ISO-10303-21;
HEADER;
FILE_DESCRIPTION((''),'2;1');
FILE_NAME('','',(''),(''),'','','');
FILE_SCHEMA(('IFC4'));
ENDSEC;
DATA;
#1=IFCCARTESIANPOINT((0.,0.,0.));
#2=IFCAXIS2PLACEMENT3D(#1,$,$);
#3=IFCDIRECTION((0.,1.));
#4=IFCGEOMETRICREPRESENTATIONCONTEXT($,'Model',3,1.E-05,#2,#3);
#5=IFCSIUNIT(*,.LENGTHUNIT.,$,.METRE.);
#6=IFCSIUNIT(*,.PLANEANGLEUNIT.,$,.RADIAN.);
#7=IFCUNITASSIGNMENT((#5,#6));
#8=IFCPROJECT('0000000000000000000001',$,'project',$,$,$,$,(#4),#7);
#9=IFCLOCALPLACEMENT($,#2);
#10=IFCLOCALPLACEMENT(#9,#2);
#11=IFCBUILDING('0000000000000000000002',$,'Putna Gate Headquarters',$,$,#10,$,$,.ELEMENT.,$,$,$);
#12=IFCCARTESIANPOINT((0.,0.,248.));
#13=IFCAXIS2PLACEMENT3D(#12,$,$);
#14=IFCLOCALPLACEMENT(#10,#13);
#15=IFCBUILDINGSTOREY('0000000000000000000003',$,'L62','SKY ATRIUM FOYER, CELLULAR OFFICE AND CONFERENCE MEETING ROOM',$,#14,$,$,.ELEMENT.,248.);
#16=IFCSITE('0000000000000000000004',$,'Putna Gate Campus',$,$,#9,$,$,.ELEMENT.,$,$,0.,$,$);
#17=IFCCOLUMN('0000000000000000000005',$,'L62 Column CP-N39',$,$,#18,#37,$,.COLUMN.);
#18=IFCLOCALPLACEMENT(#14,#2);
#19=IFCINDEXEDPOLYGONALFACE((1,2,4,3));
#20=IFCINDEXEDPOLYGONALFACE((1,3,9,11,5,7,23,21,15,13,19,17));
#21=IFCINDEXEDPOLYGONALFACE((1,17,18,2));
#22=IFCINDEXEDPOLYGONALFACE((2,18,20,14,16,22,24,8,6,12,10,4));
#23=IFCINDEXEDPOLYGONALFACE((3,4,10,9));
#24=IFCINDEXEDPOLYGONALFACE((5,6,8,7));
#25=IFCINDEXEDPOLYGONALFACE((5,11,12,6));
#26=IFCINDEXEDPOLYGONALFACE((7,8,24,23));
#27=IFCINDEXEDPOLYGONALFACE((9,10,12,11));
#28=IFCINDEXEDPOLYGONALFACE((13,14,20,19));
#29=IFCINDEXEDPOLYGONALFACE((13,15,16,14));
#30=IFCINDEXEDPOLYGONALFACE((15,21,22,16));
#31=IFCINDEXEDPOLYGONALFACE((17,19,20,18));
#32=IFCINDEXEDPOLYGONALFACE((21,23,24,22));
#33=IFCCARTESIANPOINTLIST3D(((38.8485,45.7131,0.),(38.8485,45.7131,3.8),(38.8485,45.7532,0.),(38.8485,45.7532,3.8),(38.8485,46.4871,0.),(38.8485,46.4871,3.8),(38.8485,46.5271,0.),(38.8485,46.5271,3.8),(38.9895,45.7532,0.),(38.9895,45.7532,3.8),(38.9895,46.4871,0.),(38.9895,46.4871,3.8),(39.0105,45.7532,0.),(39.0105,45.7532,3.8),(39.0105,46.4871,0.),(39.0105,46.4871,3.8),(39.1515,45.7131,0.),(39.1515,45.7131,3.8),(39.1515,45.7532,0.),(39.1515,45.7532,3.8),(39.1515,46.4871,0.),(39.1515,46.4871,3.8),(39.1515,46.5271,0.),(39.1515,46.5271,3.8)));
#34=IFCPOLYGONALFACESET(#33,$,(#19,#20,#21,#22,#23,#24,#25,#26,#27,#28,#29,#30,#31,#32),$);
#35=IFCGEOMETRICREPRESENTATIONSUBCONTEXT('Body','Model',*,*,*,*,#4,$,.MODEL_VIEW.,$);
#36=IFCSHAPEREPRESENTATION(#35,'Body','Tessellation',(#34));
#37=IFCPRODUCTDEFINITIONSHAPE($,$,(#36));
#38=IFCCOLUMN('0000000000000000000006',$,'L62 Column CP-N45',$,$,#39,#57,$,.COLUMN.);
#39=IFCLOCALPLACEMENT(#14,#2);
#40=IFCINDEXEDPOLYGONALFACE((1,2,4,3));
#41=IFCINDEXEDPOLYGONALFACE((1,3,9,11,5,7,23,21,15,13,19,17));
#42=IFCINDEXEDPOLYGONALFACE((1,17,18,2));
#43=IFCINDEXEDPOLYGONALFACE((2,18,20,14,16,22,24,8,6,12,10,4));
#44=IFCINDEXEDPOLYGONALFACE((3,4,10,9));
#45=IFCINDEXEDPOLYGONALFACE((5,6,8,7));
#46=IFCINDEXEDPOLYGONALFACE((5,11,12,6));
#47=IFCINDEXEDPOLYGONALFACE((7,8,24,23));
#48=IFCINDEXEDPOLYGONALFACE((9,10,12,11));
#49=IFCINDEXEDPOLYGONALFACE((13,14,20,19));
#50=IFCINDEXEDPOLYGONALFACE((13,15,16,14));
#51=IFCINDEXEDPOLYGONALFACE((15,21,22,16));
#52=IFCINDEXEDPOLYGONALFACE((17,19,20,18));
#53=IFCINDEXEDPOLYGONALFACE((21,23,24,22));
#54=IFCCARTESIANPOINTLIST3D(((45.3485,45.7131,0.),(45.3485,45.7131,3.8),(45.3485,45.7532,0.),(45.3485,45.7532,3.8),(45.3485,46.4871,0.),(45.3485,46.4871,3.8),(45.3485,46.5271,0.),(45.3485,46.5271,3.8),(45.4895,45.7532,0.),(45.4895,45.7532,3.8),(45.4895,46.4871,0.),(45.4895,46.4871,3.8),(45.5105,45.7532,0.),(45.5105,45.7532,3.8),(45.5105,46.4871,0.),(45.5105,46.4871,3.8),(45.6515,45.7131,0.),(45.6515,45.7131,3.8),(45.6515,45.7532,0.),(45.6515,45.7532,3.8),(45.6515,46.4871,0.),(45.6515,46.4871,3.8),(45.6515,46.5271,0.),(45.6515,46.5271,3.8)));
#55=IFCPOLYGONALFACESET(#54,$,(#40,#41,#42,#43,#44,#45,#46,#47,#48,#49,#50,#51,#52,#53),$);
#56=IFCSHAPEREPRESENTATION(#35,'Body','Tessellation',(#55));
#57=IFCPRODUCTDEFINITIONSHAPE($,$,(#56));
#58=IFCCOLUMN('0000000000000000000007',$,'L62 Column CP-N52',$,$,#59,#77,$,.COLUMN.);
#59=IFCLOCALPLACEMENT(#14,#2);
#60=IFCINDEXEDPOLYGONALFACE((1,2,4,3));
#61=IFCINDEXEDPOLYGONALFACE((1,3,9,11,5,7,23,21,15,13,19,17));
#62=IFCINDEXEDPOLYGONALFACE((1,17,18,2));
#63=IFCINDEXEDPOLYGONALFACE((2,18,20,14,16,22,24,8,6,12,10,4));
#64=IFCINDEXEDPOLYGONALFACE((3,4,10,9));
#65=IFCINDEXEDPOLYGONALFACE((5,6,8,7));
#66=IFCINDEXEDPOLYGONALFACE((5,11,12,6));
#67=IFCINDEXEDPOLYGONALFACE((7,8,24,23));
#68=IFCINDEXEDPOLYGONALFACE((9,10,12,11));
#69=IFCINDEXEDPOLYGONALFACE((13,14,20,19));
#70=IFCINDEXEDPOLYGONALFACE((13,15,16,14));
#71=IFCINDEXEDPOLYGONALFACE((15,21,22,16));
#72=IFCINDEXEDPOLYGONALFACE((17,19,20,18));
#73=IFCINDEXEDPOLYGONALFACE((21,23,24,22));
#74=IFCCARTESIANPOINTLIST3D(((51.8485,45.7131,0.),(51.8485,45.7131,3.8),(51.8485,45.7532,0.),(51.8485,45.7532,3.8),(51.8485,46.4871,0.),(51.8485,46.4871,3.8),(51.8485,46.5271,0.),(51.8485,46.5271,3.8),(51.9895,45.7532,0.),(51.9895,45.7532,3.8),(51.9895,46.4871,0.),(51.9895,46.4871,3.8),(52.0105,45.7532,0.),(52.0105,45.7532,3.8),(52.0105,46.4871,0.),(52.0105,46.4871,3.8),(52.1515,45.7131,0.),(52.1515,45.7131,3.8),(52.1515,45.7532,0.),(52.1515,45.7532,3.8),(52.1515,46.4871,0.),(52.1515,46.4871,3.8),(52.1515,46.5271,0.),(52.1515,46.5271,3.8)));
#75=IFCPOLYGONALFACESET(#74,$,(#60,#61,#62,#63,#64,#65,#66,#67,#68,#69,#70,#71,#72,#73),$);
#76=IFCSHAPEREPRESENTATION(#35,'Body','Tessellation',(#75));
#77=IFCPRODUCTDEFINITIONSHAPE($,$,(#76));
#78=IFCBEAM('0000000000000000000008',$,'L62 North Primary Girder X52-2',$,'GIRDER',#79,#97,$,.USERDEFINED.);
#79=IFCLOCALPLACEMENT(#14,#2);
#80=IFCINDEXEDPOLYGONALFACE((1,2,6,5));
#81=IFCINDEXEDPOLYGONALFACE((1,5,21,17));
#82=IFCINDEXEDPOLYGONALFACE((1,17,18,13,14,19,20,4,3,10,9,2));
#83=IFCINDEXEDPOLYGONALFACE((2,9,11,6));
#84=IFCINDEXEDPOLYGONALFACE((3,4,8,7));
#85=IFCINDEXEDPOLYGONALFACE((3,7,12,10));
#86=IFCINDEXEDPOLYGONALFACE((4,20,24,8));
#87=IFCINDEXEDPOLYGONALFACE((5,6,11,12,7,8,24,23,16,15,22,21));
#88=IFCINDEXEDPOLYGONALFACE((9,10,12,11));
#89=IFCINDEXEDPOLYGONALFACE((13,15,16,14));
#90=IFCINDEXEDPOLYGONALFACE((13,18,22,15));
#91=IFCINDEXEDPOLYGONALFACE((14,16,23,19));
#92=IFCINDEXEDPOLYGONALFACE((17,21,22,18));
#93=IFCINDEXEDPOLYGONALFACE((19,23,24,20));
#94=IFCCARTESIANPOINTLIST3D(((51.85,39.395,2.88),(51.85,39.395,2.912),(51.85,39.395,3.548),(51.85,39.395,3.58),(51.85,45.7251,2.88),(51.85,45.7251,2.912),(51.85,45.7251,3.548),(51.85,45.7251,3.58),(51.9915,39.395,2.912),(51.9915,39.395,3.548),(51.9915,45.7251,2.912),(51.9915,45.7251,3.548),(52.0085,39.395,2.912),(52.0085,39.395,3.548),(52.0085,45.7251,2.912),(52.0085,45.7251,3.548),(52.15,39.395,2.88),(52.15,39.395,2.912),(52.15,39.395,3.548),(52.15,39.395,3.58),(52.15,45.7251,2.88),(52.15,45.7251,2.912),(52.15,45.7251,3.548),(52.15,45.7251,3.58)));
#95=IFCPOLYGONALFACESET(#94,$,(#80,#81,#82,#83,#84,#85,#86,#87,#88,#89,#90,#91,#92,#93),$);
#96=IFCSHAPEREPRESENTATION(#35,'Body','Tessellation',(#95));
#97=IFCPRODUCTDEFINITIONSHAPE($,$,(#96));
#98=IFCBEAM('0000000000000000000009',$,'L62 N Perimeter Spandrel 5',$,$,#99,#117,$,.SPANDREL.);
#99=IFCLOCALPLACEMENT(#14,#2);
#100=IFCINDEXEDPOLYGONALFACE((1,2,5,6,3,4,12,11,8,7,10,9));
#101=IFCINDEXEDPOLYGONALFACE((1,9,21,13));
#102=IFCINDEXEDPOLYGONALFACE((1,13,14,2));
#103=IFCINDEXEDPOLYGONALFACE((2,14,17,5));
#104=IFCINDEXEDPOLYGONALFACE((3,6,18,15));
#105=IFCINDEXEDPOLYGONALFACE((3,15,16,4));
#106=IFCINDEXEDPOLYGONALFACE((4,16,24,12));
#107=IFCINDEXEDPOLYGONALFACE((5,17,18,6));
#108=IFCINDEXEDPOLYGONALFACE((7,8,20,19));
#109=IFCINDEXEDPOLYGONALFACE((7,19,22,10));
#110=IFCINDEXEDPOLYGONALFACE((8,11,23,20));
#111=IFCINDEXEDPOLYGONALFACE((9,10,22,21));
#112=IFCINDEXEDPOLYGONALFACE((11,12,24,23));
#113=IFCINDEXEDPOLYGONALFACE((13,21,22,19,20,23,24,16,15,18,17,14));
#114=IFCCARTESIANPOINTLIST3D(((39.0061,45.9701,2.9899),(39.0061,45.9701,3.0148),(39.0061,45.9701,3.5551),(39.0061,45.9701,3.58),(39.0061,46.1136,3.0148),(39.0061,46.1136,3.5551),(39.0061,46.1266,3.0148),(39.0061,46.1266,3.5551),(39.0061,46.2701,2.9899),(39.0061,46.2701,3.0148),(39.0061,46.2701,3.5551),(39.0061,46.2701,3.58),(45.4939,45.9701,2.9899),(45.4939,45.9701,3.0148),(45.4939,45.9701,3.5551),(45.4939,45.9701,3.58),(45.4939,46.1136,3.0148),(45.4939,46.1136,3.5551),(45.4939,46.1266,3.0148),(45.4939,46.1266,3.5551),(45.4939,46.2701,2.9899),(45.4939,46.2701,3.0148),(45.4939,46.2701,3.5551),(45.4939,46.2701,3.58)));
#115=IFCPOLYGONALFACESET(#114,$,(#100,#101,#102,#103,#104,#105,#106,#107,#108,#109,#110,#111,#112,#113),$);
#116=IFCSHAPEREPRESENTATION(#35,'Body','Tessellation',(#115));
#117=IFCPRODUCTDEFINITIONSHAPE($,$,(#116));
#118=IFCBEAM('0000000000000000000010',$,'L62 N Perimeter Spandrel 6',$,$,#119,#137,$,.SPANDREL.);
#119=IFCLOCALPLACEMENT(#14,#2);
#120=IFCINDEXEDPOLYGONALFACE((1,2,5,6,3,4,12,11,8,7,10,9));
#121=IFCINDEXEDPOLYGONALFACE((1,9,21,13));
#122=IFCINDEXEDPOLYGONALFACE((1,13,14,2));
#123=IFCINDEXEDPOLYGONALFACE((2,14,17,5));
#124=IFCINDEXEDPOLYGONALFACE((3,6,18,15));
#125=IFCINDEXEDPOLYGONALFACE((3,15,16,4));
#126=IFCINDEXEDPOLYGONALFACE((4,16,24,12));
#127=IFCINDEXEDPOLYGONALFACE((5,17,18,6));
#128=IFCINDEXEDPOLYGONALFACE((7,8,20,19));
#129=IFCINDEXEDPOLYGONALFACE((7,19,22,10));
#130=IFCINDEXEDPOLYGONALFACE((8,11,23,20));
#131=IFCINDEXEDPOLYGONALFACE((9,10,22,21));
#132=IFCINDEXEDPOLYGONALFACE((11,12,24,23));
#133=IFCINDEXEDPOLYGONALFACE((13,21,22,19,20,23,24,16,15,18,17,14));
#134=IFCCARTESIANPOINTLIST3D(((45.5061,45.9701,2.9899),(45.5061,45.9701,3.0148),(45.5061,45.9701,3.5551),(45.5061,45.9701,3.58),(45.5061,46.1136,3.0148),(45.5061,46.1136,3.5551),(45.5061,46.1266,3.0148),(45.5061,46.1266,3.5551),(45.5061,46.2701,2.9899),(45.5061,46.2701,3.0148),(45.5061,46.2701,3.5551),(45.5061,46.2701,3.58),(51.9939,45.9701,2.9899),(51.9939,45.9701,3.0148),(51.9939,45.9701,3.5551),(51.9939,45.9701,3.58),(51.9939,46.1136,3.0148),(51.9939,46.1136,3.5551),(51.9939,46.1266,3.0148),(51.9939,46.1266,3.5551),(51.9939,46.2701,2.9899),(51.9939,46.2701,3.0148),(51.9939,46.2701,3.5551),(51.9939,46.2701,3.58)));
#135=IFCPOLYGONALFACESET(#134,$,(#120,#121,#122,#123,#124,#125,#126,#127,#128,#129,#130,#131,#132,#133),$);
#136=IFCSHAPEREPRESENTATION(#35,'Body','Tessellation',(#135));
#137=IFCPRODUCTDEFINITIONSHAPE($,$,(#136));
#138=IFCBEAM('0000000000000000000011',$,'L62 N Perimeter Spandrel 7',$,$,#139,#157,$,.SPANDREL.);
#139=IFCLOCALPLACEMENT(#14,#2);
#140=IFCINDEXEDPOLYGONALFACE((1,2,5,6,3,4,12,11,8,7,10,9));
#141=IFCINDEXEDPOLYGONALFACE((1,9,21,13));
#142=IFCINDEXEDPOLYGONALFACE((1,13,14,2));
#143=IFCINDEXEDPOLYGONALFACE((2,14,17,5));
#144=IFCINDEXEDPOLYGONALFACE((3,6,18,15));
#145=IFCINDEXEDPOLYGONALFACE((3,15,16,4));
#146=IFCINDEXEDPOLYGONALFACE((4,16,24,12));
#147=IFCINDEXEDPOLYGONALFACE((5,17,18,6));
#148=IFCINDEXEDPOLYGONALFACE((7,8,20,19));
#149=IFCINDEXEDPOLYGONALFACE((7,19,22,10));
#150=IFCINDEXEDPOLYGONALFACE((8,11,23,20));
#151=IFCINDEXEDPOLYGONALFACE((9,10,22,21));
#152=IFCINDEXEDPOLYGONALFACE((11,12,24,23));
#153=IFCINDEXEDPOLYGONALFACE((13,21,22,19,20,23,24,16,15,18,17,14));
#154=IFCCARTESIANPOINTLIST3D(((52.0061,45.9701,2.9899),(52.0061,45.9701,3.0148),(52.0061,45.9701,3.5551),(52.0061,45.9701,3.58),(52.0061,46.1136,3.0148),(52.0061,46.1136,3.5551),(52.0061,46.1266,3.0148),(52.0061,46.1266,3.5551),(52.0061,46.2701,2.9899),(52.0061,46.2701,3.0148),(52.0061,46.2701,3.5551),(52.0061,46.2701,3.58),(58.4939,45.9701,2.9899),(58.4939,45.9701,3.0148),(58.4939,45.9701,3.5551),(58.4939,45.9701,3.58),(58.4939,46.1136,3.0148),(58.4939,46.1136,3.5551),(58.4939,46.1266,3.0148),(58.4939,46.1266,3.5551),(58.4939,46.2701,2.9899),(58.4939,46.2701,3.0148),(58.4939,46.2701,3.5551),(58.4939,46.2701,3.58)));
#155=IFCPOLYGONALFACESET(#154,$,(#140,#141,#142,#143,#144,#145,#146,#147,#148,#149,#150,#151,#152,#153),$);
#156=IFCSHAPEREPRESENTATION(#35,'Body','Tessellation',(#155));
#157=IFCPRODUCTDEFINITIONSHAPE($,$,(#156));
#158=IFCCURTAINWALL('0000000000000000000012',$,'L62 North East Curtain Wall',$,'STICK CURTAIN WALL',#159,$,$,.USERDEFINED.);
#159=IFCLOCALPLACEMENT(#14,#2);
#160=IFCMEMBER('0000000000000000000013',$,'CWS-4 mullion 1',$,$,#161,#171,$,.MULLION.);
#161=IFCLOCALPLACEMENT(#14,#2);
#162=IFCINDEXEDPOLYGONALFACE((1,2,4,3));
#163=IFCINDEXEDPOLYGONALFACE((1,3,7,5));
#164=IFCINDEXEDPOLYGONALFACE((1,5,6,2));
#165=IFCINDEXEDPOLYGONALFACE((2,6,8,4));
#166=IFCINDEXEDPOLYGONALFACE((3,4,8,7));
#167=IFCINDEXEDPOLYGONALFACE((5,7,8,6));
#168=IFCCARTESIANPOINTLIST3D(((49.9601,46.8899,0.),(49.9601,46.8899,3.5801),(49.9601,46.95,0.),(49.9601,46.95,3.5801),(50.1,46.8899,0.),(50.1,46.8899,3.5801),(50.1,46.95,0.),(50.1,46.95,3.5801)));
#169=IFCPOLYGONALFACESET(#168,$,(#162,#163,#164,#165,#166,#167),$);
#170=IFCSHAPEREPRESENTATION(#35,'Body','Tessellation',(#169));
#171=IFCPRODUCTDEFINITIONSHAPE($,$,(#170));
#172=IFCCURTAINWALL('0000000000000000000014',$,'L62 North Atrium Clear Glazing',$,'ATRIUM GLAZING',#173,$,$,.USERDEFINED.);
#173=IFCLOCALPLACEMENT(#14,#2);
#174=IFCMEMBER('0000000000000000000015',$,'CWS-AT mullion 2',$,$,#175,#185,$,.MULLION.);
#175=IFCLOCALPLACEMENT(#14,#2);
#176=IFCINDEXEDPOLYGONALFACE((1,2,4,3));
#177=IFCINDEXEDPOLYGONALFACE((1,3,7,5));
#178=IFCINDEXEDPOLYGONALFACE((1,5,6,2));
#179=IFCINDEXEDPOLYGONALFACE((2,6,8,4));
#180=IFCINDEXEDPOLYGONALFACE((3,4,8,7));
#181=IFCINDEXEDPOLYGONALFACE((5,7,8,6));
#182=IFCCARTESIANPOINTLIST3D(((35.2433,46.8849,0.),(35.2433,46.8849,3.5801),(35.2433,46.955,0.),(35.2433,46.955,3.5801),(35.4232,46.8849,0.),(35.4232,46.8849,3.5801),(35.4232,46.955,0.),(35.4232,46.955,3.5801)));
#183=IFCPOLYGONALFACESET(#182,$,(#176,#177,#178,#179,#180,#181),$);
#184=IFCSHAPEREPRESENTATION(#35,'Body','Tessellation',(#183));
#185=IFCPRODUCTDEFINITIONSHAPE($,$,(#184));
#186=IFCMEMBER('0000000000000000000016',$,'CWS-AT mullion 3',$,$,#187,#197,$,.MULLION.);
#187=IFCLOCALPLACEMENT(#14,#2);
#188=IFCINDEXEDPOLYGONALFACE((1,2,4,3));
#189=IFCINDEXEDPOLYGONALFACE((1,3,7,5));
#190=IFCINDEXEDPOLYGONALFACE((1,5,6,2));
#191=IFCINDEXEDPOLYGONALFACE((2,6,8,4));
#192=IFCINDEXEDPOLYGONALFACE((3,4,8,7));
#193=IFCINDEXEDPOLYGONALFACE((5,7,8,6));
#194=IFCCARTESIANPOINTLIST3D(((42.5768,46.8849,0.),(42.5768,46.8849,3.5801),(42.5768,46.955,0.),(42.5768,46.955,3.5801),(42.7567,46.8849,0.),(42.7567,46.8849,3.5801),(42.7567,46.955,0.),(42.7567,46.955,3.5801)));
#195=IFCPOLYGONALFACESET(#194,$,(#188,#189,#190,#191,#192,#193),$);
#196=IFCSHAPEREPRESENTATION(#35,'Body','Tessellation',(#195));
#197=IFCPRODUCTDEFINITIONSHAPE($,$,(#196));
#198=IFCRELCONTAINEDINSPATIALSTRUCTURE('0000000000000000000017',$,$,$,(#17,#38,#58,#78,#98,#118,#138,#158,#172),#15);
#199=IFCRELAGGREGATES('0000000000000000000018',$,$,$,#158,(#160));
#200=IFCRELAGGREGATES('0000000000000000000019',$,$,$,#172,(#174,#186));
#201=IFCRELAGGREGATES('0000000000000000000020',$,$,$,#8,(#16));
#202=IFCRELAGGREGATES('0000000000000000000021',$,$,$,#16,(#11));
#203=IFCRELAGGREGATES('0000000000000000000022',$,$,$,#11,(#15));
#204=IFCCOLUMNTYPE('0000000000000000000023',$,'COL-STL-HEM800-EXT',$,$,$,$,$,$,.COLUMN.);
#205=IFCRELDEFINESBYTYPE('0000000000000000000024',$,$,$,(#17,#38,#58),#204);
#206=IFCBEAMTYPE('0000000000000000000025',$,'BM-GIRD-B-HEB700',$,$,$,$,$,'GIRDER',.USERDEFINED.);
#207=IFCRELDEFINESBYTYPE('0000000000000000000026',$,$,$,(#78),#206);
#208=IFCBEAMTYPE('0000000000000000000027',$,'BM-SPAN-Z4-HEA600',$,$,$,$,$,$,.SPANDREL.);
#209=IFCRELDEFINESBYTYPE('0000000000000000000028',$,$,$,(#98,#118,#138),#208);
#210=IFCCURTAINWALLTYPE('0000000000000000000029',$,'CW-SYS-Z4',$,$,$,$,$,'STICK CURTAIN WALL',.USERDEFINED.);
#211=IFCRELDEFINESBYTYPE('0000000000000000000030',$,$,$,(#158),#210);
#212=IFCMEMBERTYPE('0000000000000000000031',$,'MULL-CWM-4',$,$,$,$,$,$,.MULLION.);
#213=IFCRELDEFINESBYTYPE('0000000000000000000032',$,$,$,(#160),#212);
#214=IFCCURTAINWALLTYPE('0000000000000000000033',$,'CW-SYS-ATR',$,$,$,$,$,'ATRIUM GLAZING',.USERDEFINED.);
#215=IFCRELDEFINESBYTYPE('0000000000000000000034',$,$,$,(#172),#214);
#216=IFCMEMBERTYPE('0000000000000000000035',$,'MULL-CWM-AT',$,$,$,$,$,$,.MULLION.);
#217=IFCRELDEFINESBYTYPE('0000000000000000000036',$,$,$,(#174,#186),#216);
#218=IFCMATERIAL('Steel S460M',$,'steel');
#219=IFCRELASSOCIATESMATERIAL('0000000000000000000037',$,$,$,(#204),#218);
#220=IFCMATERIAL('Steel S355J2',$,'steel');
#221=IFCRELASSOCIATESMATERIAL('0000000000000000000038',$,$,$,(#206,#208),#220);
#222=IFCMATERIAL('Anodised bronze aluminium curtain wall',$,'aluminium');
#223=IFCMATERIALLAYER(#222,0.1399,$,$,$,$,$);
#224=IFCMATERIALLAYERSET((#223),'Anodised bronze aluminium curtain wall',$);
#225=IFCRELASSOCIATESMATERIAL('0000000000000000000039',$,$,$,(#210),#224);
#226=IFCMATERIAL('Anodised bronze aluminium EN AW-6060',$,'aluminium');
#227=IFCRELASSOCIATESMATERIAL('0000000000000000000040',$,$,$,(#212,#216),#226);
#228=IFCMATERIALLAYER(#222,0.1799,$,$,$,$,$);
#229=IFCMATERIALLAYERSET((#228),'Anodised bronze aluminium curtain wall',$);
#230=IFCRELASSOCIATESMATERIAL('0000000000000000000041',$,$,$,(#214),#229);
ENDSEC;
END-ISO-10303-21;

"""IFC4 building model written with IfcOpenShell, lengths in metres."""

from ifc_helpers import new_model, si_unit, direction, frame, origin, origin_2d, place, context, subcontext, project, spatial, rectangle, i_section, extrude, material, layer, layer_set, material_profile, profile_set, type_object, element, aggregate, save


model = new_model("IFC4")

# Units and contexts
model_context = context("Model", 3, precision=1e-05, world=origin(), true_north=direction((0.0, 1.0)))
body_context = subcontext(model_context, "Body", "Model", "MODEL_VIEW")
ifc_project = project(units=[si_unit("LENGTHUNIT", "METRE"), si_unit("PLANEANGLEUNIT", "RADIAN")], contexts=[model_context])

# Site, building, storey
site_placement = place(None, origin())
site = spatial("IfcSite", under=ifc_project, at=site_placement, Name="Putna Gate Campus", CompositionType="ELEMENT", RefElevation=0.0)
building_placement = place(site_placement, origin())
building = spatial("IfcBuilding", under=site, at=building_placement, Name="Putna Gate Headquarters", CompositionType="ELEMENT")
storey_placement = place(building_placement, frame((0.0, 0.0, 248.0)))
storey = spatial("IfcBuildingStorey", under=building, at=storey_placement, Name="L62", Description="SKY ATRIUM FOYER, CELLULAR OFFICE AND CONFERENCE MEETING ROOM", CompositionType="ELEMENT", Elevation=248.0)

# Columns
ifc_material_1 = material(Name="Steel S460M", Category="steel")
ifc_material_profile_1 = material_profile(ifc_material_1, i_section(OverallWidth=0.303, OverallDepth=0.814, WebThickness=0.021, FlangeThickness=0.04, at=origin_2d()), Name="Steel S460M")
ifc_profile_set_1 = profile_set([ifc_material_profile_1], Name="Steel S460M")
column_type = type_object("IfcColumnType", Name="COL-STL-HEM800-EXT", PredefinedType="COLUMN", material=ifc_profile_set_1)
for number, where, z_axis, x_axis, name in (
    (1, (39.0, 46.1201, 0.0), (0.0, 0.0, 1.0), (1.0, 0.0, 0.0), "L62 Column CP-N39"),
    (2, (45.5, 46.1201, 0.0), (0.0, 0.0, 1.0), (1.0, 0.0, 0.0), "L62 Column CP-N45"),
    (3, (52.0, 46.1201, 0.0), (0.0, 0.0, 1.0), (1.0, 0.0, 0.0), "L62 Column CP-N52"),
):
    element("IfcColumn", number, at=place(storey_placement, frame(where, z_axis=z_axis, x_axis=x_axis)), inside=storey, type_object=column_type, Name=name, PredefinedType="COLUMN", context=body_context, shape_type="SweptSolid", body=[
        extrude(i_section(OverallWidth=0.303, OverallDepth=0.814, WebThickness=0.021, FlangeThickness=0.04, at=origin_2d()), origin(), (0.0, 0.0, 1.0), 3.8),
    ])

# Beams
ifc_material_2 = material(Name="Steel S355J2", Category="steel")
ifc_material_profile_2 = material_profile(ifc_material_2, i_section(OverallWidth=0.3, OverallDepth=0.7, WebThickness=0.0171, FlangeThickness=0.032, at=origin_2d()), Name="Steel S355J2")
ifc_profile_set_2 = profile_set([ifc_material_profile_2], Name="Steel S355J2")
beam_type_1 = type_object("IfcBeamType", Name="BM-GIRD-B-HEB700", ElementType="GIRDER", PredefinedType="USERDEFINED", material=ifc_profile_set_2)
beam_placement = place(storey_placement, frame((52.0, 39.395, 3.23), z_axis=(0.0, 1.0, 0.0), x_axis=(-1.0, 0.0, 0.0)))
element("IfcBeam", 4, at=beam_placement, inside=storey, type_object=beam_type_1, Name="L62 North Primary Girder X52-2", ObjectType="GIRDER", PredefinedType="USERDEFINED", context=body_context, shape_type="SweptSolid", body=[
    extrude(i_section(OverallWidth=0.3, OverallDepth=0.7, WebThickness=0.0171, FlangeThickness=0.032, at=origin_2d()), origin(), (0.0, 0.0, 1.0), 6.3301),
])
ifc_material_profile_3 = material_profile(ifc_material_2, i_section(OverallWidth=0.3, OverallDepth=0.5901, WebThickness=0.0129, FlangeThickness=0.0249, at=origin_2d()), Name="Steel S355J2")
ifc_profile_set_3 = profile_set([ifc_material_profile_3], Name="Steel S355J2")
beam_type_2 = type_object("IfcBeamType", Name="BM-SPAN-Z4-HEA600", PredefinedType="SPANDREL", material=ifc_profile_set_3)
for number, where, z_axis, x_axis, name in (
    (5, (39.0061, 46.1201, 3.2849), (1.0, 0.0, 0.0), (0.0, 1.0, 0.0), "L62 N Perimeter Spandrel 5"),
    (6, (45.5061, 46.1201, 3.2849), (1.0, 0.0, 0.0), (0.0, 1.0, 0.0), "L62 N Perimeter Spandrel 6"),
    (7, (52.0061, 46.1201, 3.2849), (1.0, 0.0, 0.0), (0.0, 1.0, 0.0), "L62 N Perimeter Spandrel 7"),
):
    element("IfcBeam", number, at=place(storey_placement, frame(where, z_axis=z_axis, x_axis=x_axis)), inside=storey, type_object=beam_type_2, Name=name, PredefinedType="SPANDREL", context=body_context, shape_type="SweptSolid", body=[
        extrude(i_section(OverallWidth=0.3, OverallDepth=0.5901, WebThickness=0.0129, FlangeThickness=0.0249, at=origin_2d()), origin(), (0.0, 0.0, 1.0), 6.4878),
    ])

# Curtain wall, member
ifc_material_3 = material(Name="Anodised bronze aluminium curtain wall", Category="aluminium")
ifc_layer_1 = layer(ifc_material_3, 0.1399)
ifc_layer_set_1 = layer_set([ifc_layer_1], Name="Anodised bronze aluminium curtain wall")
curtain_wall_type_1 = type_object("IfcCurtainWallType", Name="CW-SYS-Z4", ElementType="STICK CURTAIN WALL", PredefinedType="USERDEFINED", material=ifc_layer_set_1)
curtain_wall_1_placement = place(storey_placement, origin())
curtain_wall_1 = element("IfcCurtainWall", 8, at=curtain_wall_1_placement, inside=storey, type_object=curtain_wall_type_1, Name="L62 North East Curtain Wall", ObjectType="STICK CURTAIN WALL", PredefinedType="USERDEFINED")
ifc_material_4 = material(Name="Anodised bronze aluminium EN AW-6060", Category="aluminium")
ifc_material_profile_4 = material_profile(ifc_material_4, rectangle(XDim=0.0601, YDim=0.1399, at=origin_2d()), Name="Anodised bronze aluminium EN AW-6060")
ifc_profile_set_4 = profile_set([ifc_material_profile_4], Name="Anodised bronze aluminium EN AW-6060")
member_type_1 = type_object("IfcMemberType", Name="MULL-CWM-4", PredefinedType="MULLION", material=ifc_profile_set_4)
member_1_placement = place(storey_placement, frame((50.03, 46.9199, 0.0), z_axis=(0.0, 0.0, 1.0), x_axis=(0.0, 1.0, 0.0)))
member_1 = element("IfcMember", 9, at=member_1_placement, type_object=member_type_1, Name="CWS-4 mullion 1", PredefinedType="MULLION", context=body_context, shape_type="SweptSolid", body=[
    extrude(rectangle(XDim=0.0601, YDim=0.1399, at=origin_2d()), origin(), (0.0, 0.0, 1.0), 3.5801),
])

# Curtain wall, members
ifc_layer_2 = layer(ifc_material_3, 0.1799)
ifc_layer_set_2 = layer_set([ifc_layer_2], Name="Anodised bronze aluminium curtain wall")
curtain_wall_type_2 = type_object("IfcCurtainWallType", Name="CW-SYS-ATR", ElementType="ATRIUM GLAZING", PredefinedType="USERDEFINED", material=ifc_layer_set_2)
curtain_wall_2_placement = place(storey_placement, origin())
curtain_wall_2 = element("IfcCurtainWall", 10, at=curtain_wall_2_placement, inside=storey, type_object=curtain_wall_type_2, Name="L62 North Atrium Clear Glazing", ObjectType="ATRIUM GLAZING", PredefinedType="USERDEFINED")
ifc_material_profile_5 = material_profile(ifc_material_4, rectangle(XDim=0.0701, YDim=0.1799, at=origin_2d()), Name="Anodised bronze aluminium EN AW-6060")
ifc_profile_set_5 = profile_set([ifc_material_profile_5], Name="Anodised bronze aluminium EN AW-6060")
member_type_2 = type_object("IfcMemberType", Name="MULL-CWM-AT", PredefinedType="MULLION", material=ifc_profile_set_5)
member_2_placement = place(storey_placement, frame((35.3333, 46.9199, 0.0), z_axis=(0.0, 0.0, 1.0), x_axis=(0.0, 1.0, 0.0)))
member_2 = element("IfcMember", 11, at=member_2_placement, type_object=member_type_2, Name="CWS-AT mullion 2", PredefinedType="MULLION", context=body_context, shape_type="SweptSolid", body=[
    extrude(rectangle(XDim=0.0701, YDim=0.1799, at=origin_2d()), origin(), (0.0, 0.0, 1.0), 3.5801),
])
member_3_placement = place(storey_placement, frame((42.6667, 46.9199, 0.0), z_axis=(0.0, 0.0, 1.0), x_axis=(0.0, 1.0, 0.0)))
member_3 = element("IfcMember", 12, at=member_3_placement, type_object=member_type_2, Name="CWS-AT mullion 3", PredefinedType="MULLION", context=body_context, shape_type="SweptSolid", body=[
    extrude(rectangle(XDim=0.0701, YDim=0.1799, at=origin_2d()), origin(), (0.0, 0.0, 1.0), 3.5801),
])

aggregate(curtain_wall_1, [member_1])
aggregate(curtain_wall_2, [member_2, member_3])

save(model, "model.ifc")
